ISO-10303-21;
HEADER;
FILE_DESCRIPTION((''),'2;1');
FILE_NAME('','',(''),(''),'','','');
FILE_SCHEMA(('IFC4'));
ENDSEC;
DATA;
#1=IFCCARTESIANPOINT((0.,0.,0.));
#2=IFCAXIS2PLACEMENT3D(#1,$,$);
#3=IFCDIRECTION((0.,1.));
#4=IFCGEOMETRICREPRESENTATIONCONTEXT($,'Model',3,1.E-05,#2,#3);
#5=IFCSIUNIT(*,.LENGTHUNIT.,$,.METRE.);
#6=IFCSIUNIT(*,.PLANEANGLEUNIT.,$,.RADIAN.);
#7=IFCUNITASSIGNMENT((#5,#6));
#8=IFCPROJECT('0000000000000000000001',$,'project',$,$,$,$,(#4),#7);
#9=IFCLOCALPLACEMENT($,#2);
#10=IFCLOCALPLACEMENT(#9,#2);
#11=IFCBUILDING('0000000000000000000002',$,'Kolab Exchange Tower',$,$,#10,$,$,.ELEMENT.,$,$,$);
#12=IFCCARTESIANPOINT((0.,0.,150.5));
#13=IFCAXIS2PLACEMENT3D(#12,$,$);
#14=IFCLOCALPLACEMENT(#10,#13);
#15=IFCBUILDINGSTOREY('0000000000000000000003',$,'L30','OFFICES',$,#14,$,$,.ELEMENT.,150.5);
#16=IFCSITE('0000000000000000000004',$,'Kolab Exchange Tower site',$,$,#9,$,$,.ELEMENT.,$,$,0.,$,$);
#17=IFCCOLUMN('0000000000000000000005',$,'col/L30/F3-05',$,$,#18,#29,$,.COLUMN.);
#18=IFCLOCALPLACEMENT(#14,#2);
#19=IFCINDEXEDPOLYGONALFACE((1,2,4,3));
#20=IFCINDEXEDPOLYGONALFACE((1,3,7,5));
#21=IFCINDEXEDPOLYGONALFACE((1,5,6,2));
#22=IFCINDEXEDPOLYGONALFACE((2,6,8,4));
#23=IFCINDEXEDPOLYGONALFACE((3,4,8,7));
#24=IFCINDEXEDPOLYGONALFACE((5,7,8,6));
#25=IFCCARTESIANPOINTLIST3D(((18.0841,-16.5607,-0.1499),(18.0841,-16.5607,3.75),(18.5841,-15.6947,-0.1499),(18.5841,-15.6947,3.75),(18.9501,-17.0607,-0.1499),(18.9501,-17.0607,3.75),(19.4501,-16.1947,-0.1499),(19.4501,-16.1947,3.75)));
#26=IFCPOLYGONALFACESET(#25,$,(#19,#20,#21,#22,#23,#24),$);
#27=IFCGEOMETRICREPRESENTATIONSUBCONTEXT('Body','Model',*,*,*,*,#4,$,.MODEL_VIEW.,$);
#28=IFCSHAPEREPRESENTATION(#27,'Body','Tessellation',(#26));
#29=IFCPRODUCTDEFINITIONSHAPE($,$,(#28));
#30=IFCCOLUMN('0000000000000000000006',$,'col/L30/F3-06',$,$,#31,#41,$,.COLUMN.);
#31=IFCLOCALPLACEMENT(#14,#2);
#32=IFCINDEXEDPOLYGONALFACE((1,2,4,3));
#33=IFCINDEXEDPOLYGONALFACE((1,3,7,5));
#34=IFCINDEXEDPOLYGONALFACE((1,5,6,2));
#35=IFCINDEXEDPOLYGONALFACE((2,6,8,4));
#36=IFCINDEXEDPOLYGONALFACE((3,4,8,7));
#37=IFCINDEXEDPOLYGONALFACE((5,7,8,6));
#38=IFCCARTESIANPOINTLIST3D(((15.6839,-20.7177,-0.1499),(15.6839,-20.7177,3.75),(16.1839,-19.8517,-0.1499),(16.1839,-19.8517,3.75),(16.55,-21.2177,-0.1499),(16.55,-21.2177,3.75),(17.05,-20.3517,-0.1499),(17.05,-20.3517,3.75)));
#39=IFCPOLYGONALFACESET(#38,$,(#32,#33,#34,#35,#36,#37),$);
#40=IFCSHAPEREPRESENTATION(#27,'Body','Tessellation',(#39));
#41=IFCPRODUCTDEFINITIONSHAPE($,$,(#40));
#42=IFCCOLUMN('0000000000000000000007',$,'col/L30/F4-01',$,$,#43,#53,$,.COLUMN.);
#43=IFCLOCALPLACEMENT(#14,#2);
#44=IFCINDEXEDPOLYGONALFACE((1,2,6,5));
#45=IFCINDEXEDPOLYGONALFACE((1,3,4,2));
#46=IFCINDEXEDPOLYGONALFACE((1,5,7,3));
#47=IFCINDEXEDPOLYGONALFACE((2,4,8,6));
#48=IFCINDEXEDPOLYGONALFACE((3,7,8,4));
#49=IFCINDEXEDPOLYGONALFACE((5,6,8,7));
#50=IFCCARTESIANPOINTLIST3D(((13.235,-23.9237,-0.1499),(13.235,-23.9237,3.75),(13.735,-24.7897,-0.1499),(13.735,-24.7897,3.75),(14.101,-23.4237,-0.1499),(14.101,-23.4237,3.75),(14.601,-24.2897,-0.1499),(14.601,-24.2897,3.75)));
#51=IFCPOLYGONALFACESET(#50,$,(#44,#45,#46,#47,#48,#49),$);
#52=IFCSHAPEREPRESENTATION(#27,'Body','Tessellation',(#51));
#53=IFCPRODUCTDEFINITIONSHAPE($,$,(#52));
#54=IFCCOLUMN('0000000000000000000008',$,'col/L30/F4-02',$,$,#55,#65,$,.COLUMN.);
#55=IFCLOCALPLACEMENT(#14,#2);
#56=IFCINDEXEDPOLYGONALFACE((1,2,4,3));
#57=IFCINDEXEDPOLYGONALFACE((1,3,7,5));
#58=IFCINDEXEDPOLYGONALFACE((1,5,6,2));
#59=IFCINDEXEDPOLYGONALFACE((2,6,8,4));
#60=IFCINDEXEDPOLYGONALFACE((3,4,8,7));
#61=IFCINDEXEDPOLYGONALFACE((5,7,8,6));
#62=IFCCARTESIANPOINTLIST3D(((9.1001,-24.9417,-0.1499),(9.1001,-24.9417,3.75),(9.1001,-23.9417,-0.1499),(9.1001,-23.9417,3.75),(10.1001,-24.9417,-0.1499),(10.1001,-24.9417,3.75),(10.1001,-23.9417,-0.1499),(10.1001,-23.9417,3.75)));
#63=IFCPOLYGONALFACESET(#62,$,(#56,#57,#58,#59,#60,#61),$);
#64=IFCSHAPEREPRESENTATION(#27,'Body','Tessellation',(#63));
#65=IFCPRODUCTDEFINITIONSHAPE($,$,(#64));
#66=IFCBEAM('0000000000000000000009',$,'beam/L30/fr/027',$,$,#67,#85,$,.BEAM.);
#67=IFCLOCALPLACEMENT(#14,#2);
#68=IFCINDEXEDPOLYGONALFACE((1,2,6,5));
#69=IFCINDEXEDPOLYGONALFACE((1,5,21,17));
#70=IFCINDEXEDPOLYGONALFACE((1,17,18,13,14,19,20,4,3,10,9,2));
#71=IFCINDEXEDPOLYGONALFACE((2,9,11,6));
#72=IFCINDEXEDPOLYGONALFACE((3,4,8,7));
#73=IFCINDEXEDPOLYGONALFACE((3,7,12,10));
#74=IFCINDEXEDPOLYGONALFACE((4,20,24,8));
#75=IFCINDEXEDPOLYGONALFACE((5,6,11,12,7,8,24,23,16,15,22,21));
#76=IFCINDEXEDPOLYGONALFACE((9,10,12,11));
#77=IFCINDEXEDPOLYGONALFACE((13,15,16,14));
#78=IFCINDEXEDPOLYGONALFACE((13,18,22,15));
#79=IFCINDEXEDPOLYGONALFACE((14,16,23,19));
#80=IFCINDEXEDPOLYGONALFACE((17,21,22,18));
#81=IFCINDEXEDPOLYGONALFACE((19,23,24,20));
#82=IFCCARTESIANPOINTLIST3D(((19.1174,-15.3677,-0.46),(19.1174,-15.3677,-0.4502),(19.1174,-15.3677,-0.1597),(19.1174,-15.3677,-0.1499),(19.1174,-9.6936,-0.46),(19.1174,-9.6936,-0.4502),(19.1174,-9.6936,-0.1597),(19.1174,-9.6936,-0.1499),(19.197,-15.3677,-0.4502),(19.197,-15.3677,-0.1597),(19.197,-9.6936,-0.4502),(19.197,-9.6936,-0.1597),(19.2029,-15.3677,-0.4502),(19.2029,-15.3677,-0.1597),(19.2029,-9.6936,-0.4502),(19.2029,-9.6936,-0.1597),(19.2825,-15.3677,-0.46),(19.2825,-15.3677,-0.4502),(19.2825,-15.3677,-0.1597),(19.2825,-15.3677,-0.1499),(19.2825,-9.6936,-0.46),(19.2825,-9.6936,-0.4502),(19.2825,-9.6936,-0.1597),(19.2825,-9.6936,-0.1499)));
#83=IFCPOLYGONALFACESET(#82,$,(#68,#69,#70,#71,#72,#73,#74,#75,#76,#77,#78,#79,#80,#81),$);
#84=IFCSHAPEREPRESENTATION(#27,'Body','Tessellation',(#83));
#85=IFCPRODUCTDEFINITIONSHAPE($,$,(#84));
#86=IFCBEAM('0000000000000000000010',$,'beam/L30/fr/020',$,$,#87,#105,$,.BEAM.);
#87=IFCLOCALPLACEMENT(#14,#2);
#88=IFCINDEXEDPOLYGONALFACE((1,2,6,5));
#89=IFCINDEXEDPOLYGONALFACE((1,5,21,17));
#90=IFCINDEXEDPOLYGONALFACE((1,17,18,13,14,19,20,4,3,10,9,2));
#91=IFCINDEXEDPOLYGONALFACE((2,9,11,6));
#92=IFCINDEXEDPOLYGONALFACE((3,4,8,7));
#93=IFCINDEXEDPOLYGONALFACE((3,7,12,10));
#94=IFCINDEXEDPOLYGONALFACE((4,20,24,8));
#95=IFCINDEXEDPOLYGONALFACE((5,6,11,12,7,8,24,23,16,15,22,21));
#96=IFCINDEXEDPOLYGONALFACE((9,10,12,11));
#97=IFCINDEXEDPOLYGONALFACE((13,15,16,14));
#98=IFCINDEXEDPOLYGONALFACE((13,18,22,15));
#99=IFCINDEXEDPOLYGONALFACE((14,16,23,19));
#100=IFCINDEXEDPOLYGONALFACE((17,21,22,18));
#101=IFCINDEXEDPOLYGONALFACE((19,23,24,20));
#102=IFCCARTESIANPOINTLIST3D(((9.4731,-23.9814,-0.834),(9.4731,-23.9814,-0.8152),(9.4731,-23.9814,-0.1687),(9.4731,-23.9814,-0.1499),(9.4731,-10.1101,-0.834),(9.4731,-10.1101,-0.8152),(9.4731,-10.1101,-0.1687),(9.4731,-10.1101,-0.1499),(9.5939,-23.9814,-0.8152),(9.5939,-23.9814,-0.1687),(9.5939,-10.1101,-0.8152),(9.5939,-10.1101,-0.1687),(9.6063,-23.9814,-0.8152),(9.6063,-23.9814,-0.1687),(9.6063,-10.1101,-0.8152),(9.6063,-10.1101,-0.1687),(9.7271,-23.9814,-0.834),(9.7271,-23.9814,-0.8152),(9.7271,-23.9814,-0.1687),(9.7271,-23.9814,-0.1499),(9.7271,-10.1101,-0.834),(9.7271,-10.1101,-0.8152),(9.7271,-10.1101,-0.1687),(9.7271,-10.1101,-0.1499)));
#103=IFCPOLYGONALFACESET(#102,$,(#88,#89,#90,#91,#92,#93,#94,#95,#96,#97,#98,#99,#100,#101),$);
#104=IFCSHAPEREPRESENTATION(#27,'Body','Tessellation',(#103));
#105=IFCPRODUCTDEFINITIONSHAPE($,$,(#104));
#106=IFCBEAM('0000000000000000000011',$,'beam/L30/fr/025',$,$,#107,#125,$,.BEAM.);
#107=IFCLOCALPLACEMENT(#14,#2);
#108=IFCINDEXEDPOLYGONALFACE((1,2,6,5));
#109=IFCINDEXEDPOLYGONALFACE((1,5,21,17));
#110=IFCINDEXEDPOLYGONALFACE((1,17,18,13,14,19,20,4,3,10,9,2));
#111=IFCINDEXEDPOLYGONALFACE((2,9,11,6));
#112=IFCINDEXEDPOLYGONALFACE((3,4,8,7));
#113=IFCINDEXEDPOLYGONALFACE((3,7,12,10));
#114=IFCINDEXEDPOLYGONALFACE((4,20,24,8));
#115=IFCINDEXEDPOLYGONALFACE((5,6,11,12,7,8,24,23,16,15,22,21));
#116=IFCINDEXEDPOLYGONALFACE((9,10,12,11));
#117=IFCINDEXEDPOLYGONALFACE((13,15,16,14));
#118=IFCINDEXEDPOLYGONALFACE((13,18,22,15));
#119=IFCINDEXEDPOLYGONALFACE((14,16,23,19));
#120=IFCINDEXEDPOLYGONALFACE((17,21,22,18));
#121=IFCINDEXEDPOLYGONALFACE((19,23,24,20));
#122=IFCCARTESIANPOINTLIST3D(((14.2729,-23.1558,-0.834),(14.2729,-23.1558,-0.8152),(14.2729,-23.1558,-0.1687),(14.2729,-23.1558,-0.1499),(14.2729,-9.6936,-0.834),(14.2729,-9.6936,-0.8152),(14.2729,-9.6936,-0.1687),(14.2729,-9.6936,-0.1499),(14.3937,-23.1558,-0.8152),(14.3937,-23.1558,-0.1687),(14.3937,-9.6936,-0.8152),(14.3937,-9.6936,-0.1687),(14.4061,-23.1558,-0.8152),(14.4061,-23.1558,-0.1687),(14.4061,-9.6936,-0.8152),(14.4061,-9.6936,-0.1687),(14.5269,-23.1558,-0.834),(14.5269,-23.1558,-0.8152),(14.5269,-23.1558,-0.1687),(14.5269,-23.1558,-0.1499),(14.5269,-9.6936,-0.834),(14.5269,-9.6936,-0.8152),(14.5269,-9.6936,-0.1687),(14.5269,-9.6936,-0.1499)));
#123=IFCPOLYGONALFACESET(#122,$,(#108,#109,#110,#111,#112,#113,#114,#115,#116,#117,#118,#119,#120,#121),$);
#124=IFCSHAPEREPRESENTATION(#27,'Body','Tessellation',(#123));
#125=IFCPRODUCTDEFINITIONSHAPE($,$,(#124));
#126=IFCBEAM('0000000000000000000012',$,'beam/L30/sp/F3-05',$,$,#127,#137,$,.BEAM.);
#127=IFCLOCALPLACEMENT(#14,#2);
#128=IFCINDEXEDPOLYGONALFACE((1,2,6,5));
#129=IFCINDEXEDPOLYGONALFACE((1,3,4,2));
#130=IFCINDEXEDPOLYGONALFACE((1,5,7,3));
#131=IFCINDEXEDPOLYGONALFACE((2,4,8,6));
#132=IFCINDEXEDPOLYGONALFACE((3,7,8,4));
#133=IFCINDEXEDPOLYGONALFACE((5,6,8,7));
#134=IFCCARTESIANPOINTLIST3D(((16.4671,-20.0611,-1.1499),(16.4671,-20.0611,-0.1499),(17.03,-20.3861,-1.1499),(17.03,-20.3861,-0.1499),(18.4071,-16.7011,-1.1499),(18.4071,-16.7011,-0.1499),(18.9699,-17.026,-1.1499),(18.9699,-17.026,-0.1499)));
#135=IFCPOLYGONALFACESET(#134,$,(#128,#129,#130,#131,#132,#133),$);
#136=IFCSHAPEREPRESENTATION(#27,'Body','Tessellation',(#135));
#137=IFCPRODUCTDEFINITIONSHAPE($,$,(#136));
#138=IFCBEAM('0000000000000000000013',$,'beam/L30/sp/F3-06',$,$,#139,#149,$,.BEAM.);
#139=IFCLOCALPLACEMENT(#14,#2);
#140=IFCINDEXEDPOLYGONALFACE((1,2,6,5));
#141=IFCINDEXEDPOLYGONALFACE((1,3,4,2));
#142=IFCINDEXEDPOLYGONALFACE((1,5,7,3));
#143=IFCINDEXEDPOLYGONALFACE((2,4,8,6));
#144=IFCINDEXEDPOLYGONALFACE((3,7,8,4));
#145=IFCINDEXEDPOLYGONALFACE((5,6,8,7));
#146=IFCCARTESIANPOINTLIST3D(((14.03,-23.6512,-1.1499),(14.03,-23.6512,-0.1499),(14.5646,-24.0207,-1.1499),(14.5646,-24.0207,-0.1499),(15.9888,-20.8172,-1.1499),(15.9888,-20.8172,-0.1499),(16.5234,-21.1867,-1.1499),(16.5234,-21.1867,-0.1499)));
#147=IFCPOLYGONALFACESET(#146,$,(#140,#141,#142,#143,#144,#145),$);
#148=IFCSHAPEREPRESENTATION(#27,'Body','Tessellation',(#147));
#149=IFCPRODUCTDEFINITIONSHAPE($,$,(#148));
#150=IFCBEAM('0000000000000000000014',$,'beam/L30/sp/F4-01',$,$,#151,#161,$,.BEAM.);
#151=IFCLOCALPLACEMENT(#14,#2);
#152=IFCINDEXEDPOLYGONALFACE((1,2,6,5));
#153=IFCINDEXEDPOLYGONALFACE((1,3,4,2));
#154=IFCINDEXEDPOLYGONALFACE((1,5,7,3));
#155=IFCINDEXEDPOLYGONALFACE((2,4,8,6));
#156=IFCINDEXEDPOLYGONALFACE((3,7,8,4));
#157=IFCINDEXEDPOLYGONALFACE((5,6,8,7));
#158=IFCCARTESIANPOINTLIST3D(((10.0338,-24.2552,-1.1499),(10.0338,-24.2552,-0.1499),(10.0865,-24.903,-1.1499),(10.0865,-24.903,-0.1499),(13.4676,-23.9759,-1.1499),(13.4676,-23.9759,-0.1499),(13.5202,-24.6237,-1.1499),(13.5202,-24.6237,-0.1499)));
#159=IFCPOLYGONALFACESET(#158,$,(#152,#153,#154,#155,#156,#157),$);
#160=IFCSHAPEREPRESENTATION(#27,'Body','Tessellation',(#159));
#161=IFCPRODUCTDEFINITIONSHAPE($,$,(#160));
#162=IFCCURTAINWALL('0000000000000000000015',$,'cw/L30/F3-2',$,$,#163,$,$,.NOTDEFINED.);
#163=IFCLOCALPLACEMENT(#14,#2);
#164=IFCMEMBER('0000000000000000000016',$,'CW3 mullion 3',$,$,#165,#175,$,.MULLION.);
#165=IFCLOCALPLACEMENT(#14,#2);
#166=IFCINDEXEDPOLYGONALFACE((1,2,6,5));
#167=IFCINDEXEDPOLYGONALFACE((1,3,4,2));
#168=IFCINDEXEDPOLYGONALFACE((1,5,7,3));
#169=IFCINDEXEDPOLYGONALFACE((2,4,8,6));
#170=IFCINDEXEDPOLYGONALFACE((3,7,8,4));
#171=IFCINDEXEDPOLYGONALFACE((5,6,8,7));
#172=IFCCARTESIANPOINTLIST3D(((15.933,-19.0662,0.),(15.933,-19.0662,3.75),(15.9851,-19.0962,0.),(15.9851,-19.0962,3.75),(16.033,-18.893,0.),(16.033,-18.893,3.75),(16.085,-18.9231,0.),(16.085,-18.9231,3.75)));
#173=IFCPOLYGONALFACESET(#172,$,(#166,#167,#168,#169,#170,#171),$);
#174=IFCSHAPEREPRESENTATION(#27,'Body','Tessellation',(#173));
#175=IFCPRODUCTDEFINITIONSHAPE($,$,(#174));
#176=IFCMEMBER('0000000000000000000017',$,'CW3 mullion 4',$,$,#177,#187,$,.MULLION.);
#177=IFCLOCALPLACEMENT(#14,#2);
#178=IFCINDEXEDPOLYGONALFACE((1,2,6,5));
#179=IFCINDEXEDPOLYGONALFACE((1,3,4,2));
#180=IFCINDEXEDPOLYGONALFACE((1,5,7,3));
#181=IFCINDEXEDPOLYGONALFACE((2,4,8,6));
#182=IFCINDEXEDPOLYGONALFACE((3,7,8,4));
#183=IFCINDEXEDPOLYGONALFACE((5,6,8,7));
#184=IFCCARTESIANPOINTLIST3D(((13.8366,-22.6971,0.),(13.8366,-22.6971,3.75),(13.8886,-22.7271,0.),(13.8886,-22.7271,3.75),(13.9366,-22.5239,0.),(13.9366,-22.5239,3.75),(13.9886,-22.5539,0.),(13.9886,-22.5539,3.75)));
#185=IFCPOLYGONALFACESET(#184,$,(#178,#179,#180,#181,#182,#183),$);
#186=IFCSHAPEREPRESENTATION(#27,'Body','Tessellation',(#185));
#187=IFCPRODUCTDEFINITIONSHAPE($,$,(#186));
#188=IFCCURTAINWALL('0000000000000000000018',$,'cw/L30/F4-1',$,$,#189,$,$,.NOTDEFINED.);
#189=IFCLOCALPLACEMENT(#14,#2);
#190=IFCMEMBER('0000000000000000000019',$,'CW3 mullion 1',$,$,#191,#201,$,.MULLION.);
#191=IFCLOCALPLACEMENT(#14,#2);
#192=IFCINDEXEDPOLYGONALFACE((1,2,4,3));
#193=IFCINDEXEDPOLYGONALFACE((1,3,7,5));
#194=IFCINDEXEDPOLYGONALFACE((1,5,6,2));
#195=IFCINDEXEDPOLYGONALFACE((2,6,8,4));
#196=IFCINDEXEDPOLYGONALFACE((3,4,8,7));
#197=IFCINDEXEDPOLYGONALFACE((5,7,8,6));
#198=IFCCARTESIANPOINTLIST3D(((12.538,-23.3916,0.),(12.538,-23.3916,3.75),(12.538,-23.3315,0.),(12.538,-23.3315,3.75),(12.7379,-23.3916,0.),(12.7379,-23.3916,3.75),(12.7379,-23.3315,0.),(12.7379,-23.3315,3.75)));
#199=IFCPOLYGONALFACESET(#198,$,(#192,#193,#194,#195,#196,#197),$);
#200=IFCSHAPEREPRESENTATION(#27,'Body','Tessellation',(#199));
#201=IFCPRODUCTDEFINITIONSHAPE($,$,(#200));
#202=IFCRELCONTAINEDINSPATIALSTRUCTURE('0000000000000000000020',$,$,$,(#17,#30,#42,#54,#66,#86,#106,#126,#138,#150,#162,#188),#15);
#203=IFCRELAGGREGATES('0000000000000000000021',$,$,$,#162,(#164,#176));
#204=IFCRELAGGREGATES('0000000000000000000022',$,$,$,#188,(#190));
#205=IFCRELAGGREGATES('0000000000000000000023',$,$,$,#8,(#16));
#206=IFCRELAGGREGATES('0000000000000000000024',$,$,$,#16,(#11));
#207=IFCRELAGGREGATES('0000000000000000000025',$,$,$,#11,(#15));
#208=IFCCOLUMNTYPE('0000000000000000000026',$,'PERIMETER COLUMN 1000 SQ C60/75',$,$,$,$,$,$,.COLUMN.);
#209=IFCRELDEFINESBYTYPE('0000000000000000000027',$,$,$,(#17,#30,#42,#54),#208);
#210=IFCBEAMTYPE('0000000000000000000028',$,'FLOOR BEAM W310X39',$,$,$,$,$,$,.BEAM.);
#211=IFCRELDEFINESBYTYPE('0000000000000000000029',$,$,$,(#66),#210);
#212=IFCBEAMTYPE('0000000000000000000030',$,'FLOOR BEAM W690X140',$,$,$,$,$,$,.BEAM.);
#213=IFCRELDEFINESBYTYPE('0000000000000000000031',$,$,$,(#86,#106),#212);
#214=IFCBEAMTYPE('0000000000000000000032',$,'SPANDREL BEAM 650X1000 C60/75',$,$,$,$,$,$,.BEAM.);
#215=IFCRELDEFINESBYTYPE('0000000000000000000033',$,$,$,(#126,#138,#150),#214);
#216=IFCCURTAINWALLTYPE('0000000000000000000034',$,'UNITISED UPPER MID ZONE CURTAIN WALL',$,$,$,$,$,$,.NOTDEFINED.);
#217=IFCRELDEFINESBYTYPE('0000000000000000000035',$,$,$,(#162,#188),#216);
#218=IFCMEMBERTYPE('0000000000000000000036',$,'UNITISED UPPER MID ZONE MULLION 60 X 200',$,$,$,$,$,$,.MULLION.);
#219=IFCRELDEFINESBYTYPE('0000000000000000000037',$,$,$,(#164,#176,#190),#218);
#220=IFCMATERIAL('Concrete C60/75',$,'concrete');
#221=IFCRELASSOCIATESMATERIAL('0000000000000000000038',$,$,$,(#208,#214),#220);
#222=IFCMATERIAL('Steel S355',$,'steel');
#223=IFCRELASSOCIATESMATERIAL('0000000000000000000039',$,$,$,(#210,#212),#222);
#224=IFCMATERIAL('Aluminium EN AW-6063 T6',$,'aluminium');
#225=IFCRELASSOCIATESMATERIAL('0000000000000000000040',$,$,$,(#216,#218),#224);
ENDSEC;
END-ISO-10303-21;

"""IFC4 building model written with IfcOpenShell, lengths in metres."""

from ifc_helpers import new_model, si_unit, direction, frame, origin, origin_2d, place, context, subcontext, project, spatial, rectangle, i_section, extrude, material, material_profile, profile_set, type_object, element, aggregate, save


model = new_model("IFC4")

# Units and contexts
model_context = context("Model", 3, precision=1e-05, world=origin(), true_north=direction((0.0, 1.0)))
body_context = subcontext(model_context, "Body", "Model", "MODEL_VIEW")
ifc_project = project(units=[si_unit("LENGTHUNIT", "METRE"), si_unit("PLANEANGLEUNIT", "RADIAN")], contexts=[model_context])

# Site, building, storey
site_placement = place(None, origin())
site = spatial("IfcSite", under=ifc_project, at=site_placement, Name="Kolab Exchange Tower site", CompositionType="ELEMENT", RefElevation=0.0)
building_placement = place(site_placement, origin())
building = spatial("IfcBuilding", under=site, at=building_placement, Name="Kolab Exchange Tower", CompositionType="ELEMENT")
storey_placement = place(building_placement, frame((0.0, 0.0, 150.5)))
storey = spatial("IfcBuildingStorey", under=building, at=storey_placement, Name="L30", Description="OFFICES", CompositionType="ELEMENT", Elevation=150.5)

# Columns
ifc_material_1 = material(Name="Concrete C60/75", Category="concrete")
ifc_material_profile_1 = material_profile(ifc_material_1, rectangle(XDim=1.0, YDim=1.0, at=origin_2d()), Name="RC1000")
ifc_profile_set_1 = profile_set([ifc_material_profile_1], Name="Concrete C60/75")
column_type = type_object("IfcColumnType", Name="PERIMETER COLUMN 1000 SQ C60/75", PredefinedType="COLUMN", material=ifc_profile_set_1)
for number, where, z_axis, x_axis, name in (
    (1, (18.7671, -16.3777, -0.1499), (0.0, 0.0, 1.0), (0.5, 0.866025, 0.0), "col/L30/F3-05"),
    (2, (16.3669, -20.5347, -0.1499), (0.0, 0.0, 1.0), (0.5, 0.866025, 0.0), "col/L30/F3-06"),
    (3, (13.918, -24.1067, -0.1499), (0.0, 0.0, 1.0), (0.866025, 0.5, 0.0), "col/L30/F4-01"),
    (4, (9.6001, -24.4417, -0.1499), (0.0, 0.0, 1.0), (1.0, 0.0, 0.0), "col/L30/F4-02"),
):
    element("IfcColumn", number, at=place(storey_placement, frame(where, z_axis=z_axis, x_axis=x_axis)), inside=storey, type_object=column_type, Name=name, PredefinedType="COLUMN", context=body_context, shape_type="SweptSolid", body=[
        extrude(rectangle(XDim=1.0, YDim=1.0, at=origin_2d()), origin(), (0.0, 0.0, 1.0), 3.8999),
    ])

# Beams
ifc_material_2 = material(Name="Steel S355", Category="steel")
ifc_material_profile_2 = material_profile(ifc_material_2, i_section(OverallWidth=0.165, OverallDepth=0.3101, WebThickness=0.0059, FlangeThickness=0.0098, at=origin_2d()), Name="W310X39")
ifc_profile_set_2 = profile_set([ifc_material_profile_2], Name="Steel S355")
beam_type_1 = type_object("IfcBeamType", Name="FLOOR BEAM W310X39", PredefinedType="BEAM", material=ifc_profile_set_2)
beam_1_placement = place(storey_placement, frame((19.2, -15.3677, -0.3049), z_axis=(0.0, 1.0, 0.0), x_axis=(-1.0, 0.0, 0.0)))
element("IfcBeam", 5, at=beam_1_placement, inside=storey, type_object=beam_type_1, Name="beam/L30/fr/027", PredefinedType="BEAM", context=body_context, shape_type="SweptSolid", body=[
    extrude(i_section(OverallWidth=0.165, OverallDepth=0.3101, WebThickness=0.0059, FlangeThickness=0.0098, at=origin_2d()), origin(), (0.0, 0.0, 1.0), 5.6741),
])
ifc_material_profile_3 = material_profile(ifc_material_2, i_section(OverallWidth=0.2539, OverallDepth=0.6841, WebThickness=0.0125, FlangeThickness=0.0188, at=origin_2d()), Name="W690X140")
ifc_profile_set_3 = profile_set([ifc_material_profile_3], Name="Steel S355")
beam_type_2 = type_object("IfcBeamType", Name="FLOOR BEAM W690X140", PredefinedType="BEAM", material=ifc_profile_set_3)
beam_2_placement = place(storey_placement, frame((9.6001, -23.9814, -0.4919), z_axis=(0.0, 1.0, 0.0), x_axis=(-1.0, 0.0, 0.0)))
element("IfcBeam", 6, at=beam_2_placement, inside=storey, type_object=beam_type_2, Name="beam/L30/fr/020", PredefinedType="BEAM", context=body_context, shape_type="SweptSolid", body=[
    extrude(i_section(OverallWidth=0.2539, OverallDepth=0.6841, WebThickness=0.0125, FlangeThickness=0.0188, at=origin_2d()), origin(), (0.0, 0.0, 1.0), 13.8713),
])
beam_3_placement = place(storey_placement, frame((14.3999, -23.1558, -0.4919), z_axis=(0.0, 1.0, 0.0), x_axis=(-1.0, 0.0, 0.0)))
element("IfcBeam", 7, at=beam_3_placement, inside=storey, type_object=beam_type_2, Name="beam/L30/fr/025", PredefinedType="BEAM", context=body_context, shape_type="SweptSolid", body=[
    extrude(i_section(OverallWidth=0.2539, OverallDepth=0.6841, WebThickness=0.0125, FlangeThickness=0.0188, at=origin_2d()), origin(), (0.0, 0.0, 1.0), 13.4622),
])
ifc_material_profile_4 = material_profile(ifc_material_1, rectangle(XDim=0.6499, YDim=1.0, at=origin_2d()), Name="RC650X1000")
ifc_profile_set_4 = profile_set([ifc_material_profile_4], Name="Concrete C60/75")
beam_type_3 = type_object("IfcBeamType", Name="SPANDREL BEAM 650X1000 C60/75", PredefinedType="BEAM", material=ifc_profile_set_4)
beam_4_placement = place(storey_placement, frame((18.6885, -16.8635, -0.6499), z_axis=(-0.499997, -0.866027, 0.0), x_axis=(0.866027, -0.499997, 0.0)))
element("IfcBeam", 8, at=beam_4_placement, inside=storey, type_object=beam_type_3, Name="beam/L30/sp/F3-05", PredefinedType="BEAM", context=body_context, shape_type="SweptSolid", body=[
    extrude(rectangle(XDim=0.6499, YDim=1.0, at=origin_2d()), origin(), (0.0, 0.0, 1.0), 3.8799),
])
for number, where, z_axis, x_axis, name in (
    (9, (16.2561, -21.002, -0.6499), (-0.568572, -0.822633, 0.0), (0.822633, -0.568572, 0.0), "beam/L30/sp/F3-06"),
    (10, (13.4939, -24.2998, -0.6499), (-0.996708, -0.081069, 0.0), (0.081069, -0.996708, 0.0), "beam/L30/sp/F4-01"),
):
    element("IfcBeam", number, at=place(storey_placement, frame(where, z_axis=z_axis, x_axis=x_axis)), inside=storey, type_object=beam_type_3, Name=name, PredefinedType="BEAM", context=body_context, shape_type="SweptSolid", body=[
        extrude(rectangle(XDim=0.6499, YDim=1.0, at=origin_2d()), origin(), (0.0, 0.0, 1.0), 3.4451),
    ])

# Curtain wall, members
ifc_material_3 = material(Name="Aluminium EN AW-6063 T6", Category="aluminium")
curtain_wall_type = type_object("IfcCurtainWallType", Name="UNITISED UPPER MID ZONE CURTAIN WALL", PredefinedType="NOTDEFINED", material=ifc_material_3)
curtain_wall_1_placement = place(storey_placement, origin())
curtain_wall_1 = element("IfcCurtainWall", 11, at=curtain_wall_1_placement, inside=storey, type_object=curtain_wall_type, Name="cw/L30/F3-2", PredefinedType="NOTDEFINED")
ifc_material_profile_5 = material_profile(ifc_material_3, rectangle(XDim=0.0601, YDim=0.2, at=origin_2d()), Name="RECT 60X200")
ifc_profile_set_5 = profile_set([ifc_material_profile_5], Name="Aluminium EN AW-6063 T6")
member_type_1 = type_object("IfcMemberType", Name="UNITISED UPPER MID ZONE MULLION 60 X 200", PredefinedType="MULLION", material=ifc_profile_set_5)
member_1_placement = place(storey_placement, frame((16.009, -18.9946, 0.0), z_axis=(0.0, 0.0, 1.0), x_axis=(0.866025, -0.5, 0.0)))
member_1 = element("IfcMember", 12, at=member_1_placement, type_object=member_type_1, Name="CW3 mullion 3", PredefinedType="MULLION", context=body_context, shape_type="SweptSolid", body=[
    extrude(rectangle(XDim=0.0601, YDim=0.2, at=origin_2d()), origin(), (0.0, 0.0, 1.0), 3.75),
])
member_2_placement = place(storey_placement, frame((13.9126, -22.6255, 0.0), z_axis=(0.0, 0.0, 1.0), x_axis=(0.866025, -0.5, 0.0)))
member_2 = element("IfcMember", 13, at=member_2_placement, type_object=member_type_1, Name="CW3 mullion 4", PredefinedType="MULLION", context=body_context, shape_type="SweptSolid", body=[
    extrude(rectangle(XDim=0.0601, YDim=0.2, at=origin_2d()), origin(), (0.0, 0.0, 1.0), 3.75),
])

# Curtain wall, member
curtain_wall_2_placement = place(storey_placement, origin())
curtain_wall_2 = element("IfcCurtainWall", 14, at=curtain_wall_2_placement, inside=storey, type_object=curtain_wall_type, Name="cw/L30/F4-1", PredefinedType="NOTDEFINED")
member_3_placement = place(storey_placement, frame((12.6379, -23.3616, 0.0), z_axis=(0.0, 0.0, 1.0), x_axis=(0.0, -1.0, 0.0)))
member_3 = element("IfcMember", 15, at=member_3_placement, type_object=member_type_1, Name="CW3 mullion 1", PredefinedType="MULLION", context=body_context, shape_type="SweptSolid", body=[
    extrude(rectangle(XDim=0.0601, YDim=0.2, at=origin_2d()), origin(), (0.0, 0.0, 1.0), 3.75),
])

aggregate(curtain_wall_1, [member_1, member_2])
aggregate(curtain_wall_2, [member_3])

save(model, "model.ifc")
